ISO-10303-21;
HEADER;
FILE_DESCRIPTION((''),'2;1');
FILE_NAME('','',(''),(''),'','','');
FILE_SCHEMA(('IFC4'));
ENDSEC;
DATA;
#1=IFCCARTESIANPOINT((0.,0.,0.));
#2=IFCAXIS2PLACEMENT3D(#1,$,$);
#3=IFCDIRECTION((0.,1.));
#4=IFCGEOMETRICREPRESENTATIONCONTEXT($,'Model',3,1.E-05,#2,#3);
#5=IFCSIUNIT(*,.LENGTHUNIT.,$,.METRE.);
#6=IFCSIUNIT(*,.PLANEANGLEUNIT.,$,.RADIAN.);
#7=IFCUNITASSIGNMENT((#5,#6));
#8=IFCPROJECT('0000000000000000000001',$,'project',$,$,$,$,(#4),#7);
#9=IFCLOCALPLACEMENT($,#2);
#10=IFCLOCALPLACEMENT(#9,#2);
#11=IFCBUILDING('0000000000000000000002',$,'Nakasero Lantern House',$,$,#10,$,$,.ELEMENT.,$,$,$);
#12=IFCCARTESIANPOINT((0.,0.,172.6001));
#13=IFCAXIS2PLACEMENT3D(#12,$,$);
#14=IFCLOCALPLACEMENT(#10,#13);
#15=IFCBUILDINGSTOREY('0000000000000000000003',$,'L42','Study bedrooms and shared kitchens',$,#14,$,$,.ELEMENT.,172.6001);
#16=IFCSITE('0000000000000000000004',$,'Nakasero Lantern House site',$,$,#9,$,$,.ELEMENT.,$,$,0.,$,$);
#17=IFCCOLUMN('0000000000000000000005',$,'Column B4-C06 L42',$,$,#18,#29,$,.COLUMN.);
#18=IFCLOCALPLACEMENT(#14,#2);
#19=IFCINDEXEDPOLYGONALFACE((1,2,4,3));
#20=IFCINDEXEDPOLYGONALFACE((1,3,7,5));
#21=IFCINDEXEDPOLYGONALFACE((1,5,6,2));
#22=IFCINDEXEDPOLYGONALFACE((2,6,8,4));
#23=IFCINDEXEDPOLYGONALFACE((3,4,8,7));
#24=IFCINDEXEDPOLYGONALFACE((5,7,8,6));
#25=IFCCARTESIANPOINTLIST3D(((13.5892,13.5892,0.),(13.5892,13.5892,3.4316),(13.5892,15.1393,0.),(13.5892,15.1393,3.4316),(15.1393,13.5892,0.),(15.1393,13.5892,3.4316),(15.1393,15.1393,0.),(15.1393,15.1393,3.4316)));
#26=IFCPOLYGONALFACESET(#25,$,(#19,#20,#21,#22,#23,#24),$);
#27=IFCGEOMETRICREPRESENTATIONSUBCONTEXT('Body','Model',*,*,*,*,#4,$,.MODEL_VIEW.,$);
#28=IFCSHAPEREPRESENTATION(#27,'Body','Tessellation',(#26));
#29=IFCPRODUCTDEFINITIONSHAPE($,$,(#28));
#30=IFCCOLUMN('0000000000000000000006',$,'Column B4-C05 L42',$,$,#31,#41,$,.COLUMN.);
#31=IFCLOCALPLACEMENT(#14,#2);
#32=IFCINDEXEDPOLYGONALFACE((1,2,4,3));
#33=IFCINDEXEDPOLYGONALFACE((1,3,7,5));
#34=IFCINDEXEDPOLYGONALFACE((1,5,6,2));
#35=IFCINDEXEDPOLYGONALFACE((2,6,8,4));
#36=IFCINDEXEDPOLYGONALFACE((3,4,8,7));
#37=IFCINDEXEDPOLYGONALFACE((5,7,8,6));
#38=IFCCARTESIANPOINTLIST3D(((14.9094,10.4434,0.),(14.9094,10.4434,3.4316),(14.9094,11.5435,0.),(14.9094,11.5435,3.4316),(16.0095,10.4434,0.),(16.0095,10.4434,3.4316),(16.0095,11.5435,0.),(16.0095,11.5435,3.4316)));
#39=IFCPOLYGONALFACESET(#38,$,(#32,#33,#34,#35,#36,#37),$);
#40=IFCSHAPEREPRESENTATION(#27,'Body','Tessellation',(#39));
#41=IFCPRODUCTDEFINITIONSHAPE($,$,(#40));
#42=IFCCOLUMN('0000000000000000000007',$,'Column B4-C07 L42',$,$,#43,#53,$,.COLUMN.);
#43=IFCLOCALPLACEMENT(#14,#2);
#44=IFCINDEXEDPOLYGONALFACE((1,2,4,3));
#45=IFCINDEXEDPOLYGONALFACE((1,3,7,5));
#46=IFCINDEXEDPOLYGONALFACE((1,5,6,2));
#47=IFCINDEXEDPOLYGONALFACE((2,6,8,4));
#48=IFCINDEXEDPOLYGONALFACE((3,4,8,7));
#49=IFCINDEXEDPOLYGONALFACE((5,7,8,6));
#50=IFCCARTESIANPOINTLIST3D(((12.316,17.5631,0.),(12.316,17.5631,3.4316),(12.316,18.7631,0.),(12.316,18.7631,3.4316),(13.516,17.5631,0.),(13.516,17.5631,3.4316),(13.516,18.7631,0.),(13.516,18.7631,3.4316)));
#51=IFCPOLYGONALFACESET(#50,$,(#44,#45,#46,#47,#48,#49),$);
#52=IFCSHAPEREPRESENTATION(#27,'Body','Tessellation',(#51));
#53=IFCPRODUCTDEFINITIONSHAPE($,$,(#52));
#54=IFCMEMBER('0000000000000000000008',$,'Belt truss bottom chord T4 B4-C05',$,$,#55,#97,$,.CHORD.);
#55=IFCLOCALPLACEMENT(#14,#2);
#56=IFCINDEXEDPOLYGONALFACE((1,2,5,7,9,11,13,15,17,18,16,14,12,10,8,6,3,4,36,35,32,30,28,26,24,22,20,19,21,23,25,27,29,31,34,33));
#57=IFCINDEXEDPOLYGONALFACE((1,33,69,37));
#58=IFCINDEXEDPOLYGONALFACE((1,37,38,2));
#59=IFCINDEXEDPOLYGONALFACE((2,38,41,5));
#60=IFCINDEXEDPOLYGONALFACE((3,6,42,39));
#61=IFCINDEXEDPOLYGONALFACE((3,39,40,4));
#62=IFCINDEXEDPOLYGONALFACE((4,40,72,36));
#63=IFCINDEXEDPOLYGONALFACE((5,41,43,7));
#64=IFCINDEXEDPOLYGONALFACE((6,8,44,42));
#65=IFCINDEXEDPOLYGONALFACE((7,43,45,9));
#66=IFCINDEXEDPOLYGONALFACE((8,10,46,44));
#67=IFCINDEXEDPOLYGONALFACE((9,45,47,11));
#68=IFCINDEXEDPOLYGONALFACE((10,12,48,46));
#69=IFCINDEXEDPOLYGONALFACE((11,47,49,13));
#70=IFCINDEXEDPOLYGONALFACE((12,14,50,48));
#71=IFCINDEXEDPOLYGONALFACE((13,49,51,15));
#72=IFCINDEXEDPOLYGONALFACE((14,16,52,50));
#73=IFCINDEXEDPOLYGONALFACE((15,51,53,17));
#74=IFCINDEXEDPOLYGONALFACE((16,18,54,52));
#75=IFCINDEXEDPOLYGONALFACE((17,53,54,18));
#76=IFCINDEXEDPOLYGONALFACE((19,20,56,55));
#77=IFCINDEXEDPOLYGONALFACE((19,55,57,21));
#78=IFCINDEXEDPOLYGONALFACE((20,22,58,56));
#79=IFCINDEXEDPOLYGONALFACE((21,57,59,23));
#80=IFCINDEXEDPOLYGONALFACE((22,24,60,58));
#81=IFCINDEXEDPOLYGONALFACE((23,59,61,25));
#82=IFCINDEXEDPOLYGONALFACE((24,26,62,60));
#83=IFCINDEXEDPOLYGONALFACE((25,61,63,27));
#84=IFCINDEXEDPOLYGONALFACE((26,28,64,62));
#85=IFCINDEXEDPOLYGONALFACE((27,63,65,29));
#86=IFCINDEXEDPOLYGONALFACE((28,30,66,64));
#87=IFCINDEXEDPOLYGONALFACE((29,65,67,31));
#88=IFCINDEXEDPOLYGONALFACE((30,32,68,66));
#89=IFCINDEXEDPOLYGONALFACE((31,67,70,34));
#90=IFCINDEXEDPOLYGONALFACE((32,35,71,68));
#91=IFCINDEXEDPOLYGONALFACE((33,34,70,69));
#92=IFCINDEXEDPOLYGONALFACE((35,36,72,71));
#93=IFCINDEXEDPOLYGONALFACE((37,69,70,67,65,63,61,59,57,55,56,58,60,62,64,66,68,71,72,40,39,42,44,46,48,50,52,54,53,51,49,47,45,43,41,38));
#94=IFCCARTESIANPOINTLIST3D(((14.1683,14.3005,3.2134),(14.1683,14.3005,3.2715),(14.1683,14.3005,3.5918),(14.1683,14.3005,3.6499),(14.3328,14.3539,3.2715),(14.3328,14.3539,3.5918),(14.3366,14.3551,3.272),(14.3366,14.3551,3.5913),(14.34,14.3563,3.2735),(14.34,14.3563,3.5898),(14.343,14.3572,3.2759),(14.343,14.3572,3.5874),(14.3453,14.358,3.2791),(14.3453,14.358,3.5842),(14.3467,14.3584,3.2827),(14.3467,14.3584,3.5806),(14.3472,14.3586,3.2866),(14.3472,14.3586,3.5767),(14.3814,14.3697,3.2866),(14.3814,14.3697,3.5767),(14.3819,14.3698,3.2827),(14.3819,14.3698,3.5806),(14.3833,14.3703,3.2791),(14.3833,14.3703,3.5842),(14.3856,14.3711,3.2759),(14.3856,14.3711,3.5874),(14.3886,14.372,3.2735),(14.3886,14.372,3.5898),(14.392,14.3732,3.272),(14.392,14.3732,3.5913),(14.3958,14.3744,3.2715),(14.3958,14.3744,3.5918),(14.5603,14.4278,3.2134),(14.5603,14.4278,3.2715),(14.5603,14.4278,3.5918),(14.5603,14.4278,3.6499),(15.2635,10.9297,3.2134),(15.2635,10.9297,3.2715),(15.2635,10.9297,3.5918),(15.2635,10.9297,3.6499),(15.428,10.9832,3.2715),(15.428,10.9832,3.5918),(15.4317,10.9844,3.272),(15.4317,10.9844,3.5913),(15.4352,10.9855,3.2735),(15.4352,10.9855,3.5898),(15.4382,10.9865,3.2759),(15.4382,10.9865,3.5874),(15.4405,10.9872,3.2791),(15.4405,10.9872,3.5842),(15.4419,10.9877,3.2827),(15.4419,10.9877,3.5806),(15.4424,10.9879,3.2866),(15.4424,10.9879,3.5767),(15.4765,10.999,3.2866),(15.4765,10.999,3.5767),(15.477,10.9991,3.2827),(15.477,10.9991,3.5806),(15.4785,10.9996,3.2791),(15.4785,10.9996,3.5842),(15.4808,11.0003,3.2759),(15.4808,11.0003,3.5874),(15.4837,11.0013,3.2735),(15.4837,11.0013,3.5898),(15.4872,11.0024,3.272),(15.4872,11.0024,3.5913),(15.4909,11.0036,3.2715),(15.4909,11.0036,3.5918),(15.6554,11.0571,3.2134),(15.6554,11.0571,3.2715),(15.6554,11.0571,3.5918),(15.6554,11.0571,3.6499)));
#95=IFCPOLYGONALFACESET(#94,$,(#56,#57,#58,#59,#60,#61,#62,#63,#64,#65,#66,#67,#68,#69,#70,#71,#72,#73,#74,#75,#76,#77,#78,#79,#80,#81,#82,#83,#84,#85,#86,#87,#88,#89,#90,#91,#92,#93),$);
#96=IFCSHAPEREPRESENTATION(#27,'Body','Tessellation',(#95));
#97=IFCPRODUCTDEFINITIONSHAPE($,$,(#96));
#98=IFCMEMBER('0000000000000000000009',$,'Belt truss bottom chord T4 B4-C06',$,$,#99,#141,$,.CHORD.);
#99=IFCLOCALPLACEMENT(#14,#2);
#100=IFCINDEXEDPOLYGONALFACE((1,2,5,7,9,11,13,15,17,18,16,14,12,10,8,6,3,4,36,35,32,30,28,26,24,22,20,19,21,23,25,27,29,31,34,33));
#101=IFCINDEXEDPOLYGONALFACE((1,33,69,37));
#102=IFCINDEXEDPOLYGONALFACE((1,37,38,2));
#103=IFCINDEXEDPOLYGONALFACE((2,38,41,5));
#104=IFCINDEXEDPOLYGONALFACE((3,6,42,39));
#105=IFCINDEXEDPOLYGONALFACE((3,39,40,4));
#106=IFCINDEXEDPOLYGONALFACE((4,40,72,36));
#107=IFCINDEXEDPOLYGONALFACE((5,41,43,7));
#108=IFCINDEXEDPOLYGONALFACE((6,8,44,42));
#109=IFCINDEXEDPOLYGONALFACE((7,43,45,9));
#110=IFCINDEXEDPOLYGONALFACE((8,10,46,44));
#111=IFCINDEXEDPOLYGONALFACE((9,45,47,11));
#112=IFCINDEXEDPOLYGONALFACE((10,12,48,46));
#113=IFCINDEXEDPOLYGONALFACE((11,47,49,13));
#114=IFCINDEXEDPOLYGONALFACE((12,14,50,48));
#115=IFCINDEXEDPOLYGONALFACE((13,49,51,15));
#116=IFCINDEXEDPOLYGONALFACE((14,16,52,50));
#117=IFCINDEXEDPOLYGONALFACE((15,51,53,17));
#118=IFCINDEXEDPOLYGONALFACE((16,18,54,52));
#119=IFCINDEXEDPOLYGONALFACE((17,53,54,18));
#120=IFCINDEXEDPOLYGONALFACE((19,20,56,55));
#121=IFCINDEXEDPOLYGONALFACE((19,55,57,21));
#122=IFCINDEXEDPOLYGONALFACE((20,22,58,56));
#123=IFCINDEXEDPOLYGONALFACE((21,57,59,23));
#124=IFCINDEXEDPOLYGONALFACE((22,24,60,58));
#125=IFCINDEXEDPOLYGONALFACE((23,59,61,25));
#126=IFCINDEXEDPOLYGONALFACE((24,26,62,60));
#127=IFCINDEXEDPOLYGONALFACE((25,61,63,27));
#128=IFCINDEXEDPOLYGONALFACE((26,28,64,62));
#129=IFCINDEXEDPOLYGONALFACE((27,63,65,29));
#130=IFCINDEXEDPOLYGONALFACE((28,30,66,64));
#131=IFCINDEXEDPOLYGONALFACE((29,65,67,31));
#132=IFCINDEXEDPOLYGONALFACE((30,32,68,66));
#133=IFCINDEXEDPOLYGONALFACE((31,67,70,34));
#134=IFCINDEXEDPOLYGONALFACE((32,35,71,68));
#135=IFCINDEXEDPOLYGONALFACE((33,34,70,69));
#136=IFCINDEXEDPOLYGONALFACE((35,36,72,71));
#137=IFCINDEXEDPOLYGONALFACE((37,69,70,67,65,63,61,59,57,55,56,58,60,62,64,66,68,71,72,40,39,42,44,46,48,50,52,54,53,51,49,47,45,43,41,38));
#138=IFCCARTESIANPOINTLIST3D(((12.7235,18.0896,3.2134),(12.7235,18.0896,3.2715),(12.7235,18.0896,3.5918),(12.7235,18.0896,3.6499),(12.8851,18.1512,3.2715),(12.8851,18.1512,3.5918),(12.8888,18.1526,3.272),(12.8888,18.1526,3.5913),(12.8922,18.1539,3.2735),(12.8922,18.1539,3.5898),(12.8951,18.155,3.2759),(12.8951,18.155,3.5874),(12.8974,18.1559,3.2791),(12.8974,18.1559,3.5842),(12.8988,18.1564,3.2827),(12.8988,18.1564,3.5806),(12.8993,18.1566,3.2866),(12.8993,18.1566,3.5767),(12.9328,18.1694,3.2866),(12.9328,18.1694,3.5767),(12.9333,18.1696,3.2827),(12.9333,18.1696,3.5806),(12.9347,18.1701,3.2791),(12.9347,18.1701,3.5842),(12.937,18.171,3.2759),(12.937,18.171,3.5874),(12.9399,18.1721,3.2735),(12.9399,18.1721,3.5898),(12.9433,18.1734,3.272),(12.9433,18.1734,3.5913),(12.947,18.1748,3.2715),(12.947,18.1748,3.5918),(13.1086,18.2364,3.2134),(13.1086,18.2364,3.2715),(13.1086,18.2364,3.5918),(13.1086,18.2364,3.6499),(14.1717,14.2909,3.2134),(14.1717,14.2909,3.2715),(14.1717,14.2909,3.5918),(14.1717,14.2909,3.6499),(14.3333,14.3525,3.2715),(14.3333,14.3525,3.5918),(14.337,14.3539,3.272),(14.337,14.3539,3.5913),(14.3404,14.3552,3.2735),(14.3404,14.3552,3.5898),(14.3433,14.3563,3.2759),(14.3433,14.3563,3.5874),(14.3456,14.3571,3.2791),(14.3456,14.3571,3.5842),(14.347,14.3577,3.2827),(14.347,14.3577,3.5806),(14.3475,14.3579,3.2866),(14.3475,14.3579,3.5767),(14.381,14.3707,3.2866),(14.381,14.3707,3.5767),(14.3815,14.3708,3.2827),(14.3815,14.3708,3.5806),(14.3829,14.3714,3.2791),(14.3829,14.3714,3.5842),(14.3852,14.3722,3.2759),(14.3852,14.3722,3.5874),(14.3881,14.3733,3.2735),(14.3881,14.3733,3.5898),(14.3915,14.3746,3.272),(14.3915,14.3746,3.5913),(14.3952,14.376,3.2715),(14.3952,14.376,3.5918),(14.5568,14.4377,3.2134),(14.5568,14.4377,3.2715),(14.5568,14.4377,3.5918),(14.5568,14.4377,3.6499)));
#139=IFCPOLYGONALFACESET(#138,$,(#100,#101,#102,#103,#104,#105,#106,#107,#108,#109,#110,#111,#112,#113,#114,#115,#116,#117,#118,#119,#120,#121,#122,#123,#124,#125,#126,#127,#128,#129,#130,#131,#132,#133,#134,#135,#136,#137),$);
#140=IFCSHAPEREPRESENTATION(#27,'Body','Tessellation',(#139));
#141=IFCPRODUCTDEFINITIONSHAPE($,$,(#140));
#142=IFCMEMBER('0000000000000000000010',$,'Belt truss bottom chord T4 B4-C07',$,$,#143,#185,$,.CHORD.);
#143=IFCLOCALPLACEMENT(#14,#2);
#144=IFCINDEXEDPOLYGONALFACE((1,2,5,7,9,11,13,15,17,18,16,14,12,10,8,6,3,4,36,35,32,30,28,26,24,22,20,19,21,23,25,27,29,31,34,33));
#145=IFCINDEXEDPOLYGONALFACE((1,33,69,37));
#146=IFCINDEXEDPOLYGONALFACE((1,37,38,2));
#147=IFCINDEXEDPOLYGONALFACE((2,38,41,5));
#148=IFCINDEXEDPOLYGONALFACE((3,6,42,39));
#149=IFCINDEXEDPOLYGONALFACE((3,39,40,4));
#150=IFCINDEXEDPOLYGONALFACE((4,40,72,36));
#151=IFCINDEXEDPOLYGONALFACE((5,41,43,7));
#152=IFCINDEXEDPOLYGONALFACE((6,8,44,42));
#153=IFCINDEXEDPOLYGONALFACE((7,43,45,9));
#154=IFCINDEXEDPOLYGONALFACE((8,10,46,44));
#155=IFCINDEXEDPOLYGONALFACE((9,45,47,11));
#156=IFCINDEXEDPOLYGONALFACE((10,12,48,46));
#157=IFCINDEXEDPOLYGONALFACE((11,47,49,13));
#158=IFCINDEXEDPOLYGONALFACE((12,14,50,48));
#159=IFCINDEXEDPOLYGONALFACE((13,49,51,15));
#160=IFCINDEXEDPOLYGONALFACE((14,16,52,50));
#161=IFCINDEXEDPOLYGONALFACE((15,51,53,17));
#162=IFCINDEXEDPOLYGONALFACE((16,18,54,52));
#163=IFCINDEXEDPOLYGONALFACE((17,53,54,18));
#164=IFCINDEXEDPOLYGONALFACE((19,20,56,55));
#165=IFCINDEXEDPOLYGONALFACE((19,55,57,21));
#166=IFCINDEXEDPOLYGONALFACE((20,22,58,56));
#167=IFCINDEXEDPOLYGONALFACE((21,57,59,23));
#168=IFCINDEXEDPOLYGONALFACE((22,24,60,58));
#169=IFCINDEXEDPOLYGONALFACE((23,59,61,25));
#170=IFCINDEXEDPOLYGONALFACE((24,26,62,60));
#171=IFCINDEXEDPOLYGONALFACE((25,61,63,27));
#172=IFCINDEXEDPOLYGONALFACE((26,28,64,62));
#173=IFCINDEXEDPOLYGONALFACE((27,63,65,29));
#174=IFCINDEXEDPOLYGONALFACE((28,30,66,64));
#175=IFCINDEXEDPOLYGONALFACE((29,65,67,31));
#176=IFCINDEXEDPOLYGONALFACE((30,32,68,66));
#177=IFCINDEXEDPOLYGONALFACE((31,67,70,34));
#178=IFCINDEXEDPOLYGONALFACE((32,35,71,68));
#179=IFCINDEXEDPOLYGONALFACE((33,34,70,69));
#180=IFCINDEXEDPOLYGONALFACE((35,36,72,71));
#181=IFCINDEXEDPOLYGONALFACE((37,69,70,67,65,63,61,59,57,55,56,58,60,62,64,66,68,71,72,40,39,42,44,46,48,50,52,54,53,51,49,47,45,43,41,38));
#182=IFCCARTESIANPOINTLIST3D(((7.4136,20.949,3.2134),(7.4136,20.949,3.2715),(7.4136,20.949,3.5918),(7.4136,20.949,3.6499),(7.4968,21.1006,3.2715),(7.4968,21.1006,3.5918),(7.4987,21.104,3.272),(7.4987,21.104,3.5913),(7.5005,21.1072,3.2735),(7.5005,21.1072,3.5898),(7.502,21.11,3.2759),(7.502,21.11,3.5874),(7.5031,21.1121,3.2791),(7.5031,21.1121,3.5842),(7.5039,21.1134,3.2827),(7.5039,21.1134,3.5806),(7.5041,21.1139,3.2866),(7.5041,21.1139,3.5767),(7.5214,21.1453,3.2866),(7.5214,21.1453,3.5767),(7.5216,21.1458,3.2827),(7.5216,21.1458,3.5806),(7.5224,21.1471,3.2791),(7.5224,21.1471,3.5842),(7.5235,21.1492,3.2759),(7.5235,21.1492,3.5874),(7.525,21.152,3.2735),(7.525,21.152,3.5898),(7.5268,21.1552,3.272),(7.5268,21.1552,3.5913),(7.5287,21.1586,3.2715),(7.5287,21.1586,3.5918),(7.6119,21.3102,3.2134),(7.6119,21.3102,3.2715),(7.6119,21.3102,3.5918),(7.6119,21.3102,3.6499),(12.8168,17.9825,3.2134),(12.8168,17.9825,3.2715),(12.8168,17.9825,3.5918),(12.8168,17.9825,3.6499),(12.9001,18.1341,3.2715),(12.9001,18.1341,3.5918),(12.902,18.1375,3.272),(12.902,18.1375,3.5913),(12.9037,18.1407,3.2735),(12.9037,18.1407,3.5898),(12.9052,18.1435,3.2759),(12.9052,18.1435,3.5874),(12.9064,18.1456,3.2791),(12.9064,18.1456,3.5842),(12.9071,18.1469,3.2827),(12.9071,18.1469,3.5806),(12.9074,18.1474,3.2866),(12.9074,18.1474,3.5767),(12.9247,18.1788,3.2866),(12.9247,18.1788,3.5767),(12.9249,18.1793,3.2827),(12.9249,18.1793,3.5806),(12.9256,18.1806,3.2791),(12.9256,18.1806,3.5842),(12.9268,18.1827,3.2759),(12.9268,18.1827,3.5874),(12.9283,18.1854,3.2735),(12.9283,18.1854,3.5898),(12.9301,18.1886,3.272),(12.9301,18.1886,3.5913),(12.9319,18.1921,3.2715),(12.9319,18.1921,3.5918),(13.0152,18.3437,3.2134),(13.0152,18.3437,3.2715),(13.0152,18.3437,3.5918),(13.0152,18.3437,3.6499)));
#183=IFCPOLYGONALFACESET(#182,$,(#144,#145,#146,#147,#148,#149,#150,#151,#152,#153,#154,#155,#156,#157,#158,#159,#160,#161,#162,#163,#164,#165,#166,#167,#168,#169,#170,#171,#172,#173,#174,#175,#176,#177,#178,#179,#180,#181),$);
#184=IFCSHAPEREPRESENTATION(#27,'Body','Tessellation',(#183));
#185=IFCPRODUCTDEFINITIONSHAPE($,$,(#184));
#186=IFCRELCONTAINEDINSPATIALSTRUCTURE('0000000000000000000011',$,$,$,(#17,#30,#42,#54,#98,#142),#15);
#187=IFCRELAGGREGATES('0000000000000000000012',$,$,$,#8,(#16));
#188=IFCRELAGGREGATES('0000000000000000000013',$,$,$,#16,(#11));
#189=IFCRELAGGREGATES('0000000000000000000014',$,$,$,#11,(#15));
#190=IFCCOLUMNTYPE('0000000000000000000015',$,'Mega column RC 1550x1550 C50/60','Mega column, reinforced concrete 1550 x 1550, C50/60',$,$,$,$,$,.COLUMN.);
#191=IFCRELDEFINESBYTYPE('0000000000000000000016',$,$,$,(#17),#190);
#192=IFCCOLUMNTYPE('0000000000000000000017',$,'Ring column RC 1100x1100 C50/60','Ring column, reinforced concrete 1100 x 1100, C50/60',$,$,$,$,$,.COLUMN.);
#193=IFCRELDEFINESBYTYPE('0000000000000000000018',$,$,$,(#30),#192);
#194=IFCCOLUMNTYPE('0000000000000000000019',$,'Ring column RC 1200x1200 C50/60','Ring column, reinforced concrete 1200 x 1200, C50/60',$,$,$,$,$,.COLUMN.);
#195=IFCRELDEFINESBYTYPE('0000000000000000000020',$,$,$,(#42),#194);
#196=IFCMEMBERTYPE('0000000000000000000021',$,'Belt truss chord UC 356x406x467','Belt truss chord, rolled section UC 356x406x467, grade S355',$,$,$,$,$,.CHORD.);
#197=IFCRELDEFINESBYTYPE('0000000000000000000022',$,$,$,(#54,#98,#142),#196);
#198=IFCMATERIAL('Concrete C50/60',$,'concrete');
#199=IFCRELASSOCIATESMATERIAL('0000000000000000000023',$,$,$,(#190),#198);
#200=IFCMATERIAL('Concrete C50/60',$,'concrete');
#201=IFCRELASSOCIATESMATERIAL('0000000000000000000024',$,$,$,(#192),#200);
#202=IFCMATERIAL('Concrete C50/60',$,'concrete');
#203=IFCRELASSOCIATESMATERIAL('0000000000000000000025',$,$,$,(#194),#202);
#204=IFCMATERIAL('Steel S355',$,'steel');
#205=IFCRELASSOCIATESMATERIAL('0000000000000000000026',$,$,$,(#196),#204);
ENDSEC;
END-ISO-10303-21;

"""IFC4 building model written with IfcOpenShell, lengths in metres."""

from ifc_helpers import new_model, si_unit, direction, frame, origin, origin_2d, place, context, subcontext, project, spatial, rectangle, i_section, extrude, material, material_profile, profile_set, type_object, element, save


model = new_model("IFC4")

# Units and contexts
model_context = context("Model", 3, precision=1e-05, world=origin(), true_north=direction((0.0, 1.0)))
body_context = subcontext(model_context, "Body", "Model", "MODEL_VIEW")
ifc_project = project(units=[si_unit("LENGTHUNIT", "METRE"), si_unit("PLANEANGLEUNIT", "RADIAN")], contexts=[model_context])

# Site, building, storey
site_placement = place(None, origin())
site = spatial("IfcSite", under=ifc_project, at=site_placement, Name="Nakasero Lantern House site", CompositionType="ELEMENT", RefElevation=0.0)
building_placement = place(site_placement, origin())
building = spatial("IfcBuilding", under=site, at=building_placement, Name="Nakasero Lantern House", CompositionType="ELEMENT")
storey_placement = place(building_placement, frame((0.0, 0.0, 172.6001)))
storey = spatial("IfcBuildingStorey", under=building, at=storey_placement, Name="L42", Description="Study bedrooms and shared kitchens", CompositionType="ELEMENT", Elevation=172.6001)

# Columns
ifc_material_1 = material(Name="Concrete C50/60", Category="concrete")
ifc_material_profile_1 = material_profile(ifc_material_1, rectangle(XDim=1.55, YDim=1.55, at=origin_2d()), Name="RC 1550x1550")
ifc_profile_set_1 = profile_set([ifc_material_profile_1], Name="Concrete C50/60")
column_type_1 = type_object("IfcColumnType", Name="Mega column RC 1550x1550 C50/60", Description="Mega column, reinforced concrete 1550 x 1550, C50/60", PredefinedType="COLUMN", material=ifc_profile_set_1)
column_1_placement = place(storey_placement, frame((14.3643, 14.3643, 0.0), z_axis=(0.0, 0.0, 1.0), x_axis=(1.0, 0.0, 0.0)))
element("IfcColumn", 1, at=column_1_placement, inside=storey, type_object=column_type_1, Name="Column B4-C06 L42", PredefinedType="COLUMN", context=body_context, shape_type="SweptSolid", body=[
    extrude(rectangle(XDim=1.55, YDim=1.55, at=origin_2d()), origin(), (0.0, 0.0, 1.0), 3.4316),
])
ifc_material_2 = material(Name="Concrete C50/60", Category="concrete")
ifc_material_profile_2 = material_profile(ifc_material_2, rectangle(XDim=1.1001, YDim=1.1001, at=origin_2d()), Name="RC 1100x1100")
ifc_profile_set_2 = profile_set([ifc_material_profile_2], Name="Concrete C50/60")
column_type_2 = type_object("IfcColumnType", Name="Ring column RC 1100x1100 C50/60", Description="Ring column, reinforced concrete 1100 x 1100, C50/60", PredefinedType="COLUMN", material=ifc_profile_set_2)
column_2_placement = place(storey_placement, frame((15.4595, 10.9934, 0.0), z_axis=(0.0, 0.0, 1.0), x_axis=(1.0, 0.0, 0.0)))
element("IfcColumn", 2, at=column_2_placement, inside=storey, type_object=column_type_2, Name="Column B4-C05 L42", PredefinedType="COLUMN", context=body_context, shape_type="SweptSolid", body=[
    extrude(rectangle(XDim=1.1001, YDim=1.1001, at=origin_2d()), origin(), (0.0, 0.0, 1.0), 3.4316),
])
ifc_material_3 = material(Name="Concrete C50/60", Category="concrete")
ifc_material_profile_3 = material_profile(ifc_material_3, rectangle(XDim=1.2, YDim=1.2, at=origin_2d()), Name="RC 1200x1200")
ifc_profile_set_3 = profile_set([ifc_material_profile_3], Name="Concrete C50/60")
column_type_3 = type_object("IfcColumnType", Name="Ring column RC 1200x1200 C50/60", Description="Ring column, reinforced concrete 1200 x 1200, C50/60", PredefinedType="COLUMN", material=ifc_profile_set_3)
column_3_placement = place(storey_placement, frame((12.916, 18.1631, 0.0), z_axis=(0.0, 0.0, 1.0), x_axis=(1.0, 0.0, 0.0)))
element("IfcColumn", 3, at=column_3_placement, inside=storey, type_object=column_type_3, Name="Column B4-C07 L42", PredefinedType="COLUMN", context=body_context, shape_type="SweptSolid", body=[
    extrude(rectangle(XDim=1.2, YDim=1.2, at=origin_2d()), origin(), (0.0, 0.0, 1.0), 3.4316),
])

# Members
ifc_material_4 = material(Name="Steel S355", Category="steel")
ifc_material_profile_4 = material_profile(ifc_material_4, i_section(OverallWidth=0.4121, OverallDepth=0.4365, WebThickness=0.0359, FlangeThickness=0.0581, FilletRadius=0.0151, at=origin_2d()), Name="UC 356x406x467")
ifc_profile_set_4 = profile_set([ifc_material_profile_4], Name="Steel S355")
member_type = type_object("IfcMemberType", Name="Belt truss chord UC 356x406x467", Description="Belt truss chord, rolled section UC 356x406x467, grade S355", PredefinedType="CHORD", material=ifc_profile_set_4)
member_1_placement = place(storey_placement, frame((15.4595, 10.9934, 3.4316), z_axis=(-0.309007, 0.95106, 0.0), x_axis=(-0.95106, -0.309007, 0.0)))
element("IfcMember", 4, at=member_1_placement, inside=storey, type_object=member_type, Name="Belt truss bottom chord T4 B4-C05", PredefinedType="CHORD", context=body_context, shape_type="SweptSolid", body=[
    extrude(i_section(OverallWidth=0.4121, OverallDepth=0.4365, WebThickness=0.0359, FlangeThickness=0.0581, FilletRadius=0.0151, at=origin_2d()), origin(), (0.0, 0.0, 1.0), 3.5442),
])
member_2_placement = place(storey_placement, frame((14.3643, 14.3643, 3.4316), z_axis=(-0.356225, 0.9344, 0.0), x_axis=(-0.9344, -0.356225, 0.0)))
element("IfcMember", 5, at=member_2_placement, inside=storey, type_object=member_type, Name="Belt truss bottom chord T4 B4-C06", PredefinedType="CHORD", context=body_context, shape_type="SweptSolid", body=[
    extrude(i_section(OverallWidth=0.4121, OverallDepth=0.4365, WebThickness=0.0359, FlangeThickness=0.0581, FilletRadius=0.0151, at=origin_2d()), origin(), (0.0, 0.0, 1.0), 4.0654),
])
member_3_placement = place(storey_placement, frame((12.916, 18.1631, 3.4316), z_axis=(-0.876577, 0.481262, 0.0), x_axis=(-0.481262, -0.876577, 0.0)))
element("IfcMember", 6, at=member_3_placement, inside=storey, type_object=member_type, Name="Belt truss bottom chord T4 B4-C07", PredefinedType="CHORD", context=body_context, shape_type="SweptSolid", body=[
    extrude(i_section(OverallWidth=0.4121, OverallDepth=0.4365, WebThickness=0.0359, FlangeThickness=0.0581, FilletRadius=0.0151, at=origin_2d()), origin(), (0.0, 0.0, 1.0), 6.1641),
])

save(model, "model.ifc")
